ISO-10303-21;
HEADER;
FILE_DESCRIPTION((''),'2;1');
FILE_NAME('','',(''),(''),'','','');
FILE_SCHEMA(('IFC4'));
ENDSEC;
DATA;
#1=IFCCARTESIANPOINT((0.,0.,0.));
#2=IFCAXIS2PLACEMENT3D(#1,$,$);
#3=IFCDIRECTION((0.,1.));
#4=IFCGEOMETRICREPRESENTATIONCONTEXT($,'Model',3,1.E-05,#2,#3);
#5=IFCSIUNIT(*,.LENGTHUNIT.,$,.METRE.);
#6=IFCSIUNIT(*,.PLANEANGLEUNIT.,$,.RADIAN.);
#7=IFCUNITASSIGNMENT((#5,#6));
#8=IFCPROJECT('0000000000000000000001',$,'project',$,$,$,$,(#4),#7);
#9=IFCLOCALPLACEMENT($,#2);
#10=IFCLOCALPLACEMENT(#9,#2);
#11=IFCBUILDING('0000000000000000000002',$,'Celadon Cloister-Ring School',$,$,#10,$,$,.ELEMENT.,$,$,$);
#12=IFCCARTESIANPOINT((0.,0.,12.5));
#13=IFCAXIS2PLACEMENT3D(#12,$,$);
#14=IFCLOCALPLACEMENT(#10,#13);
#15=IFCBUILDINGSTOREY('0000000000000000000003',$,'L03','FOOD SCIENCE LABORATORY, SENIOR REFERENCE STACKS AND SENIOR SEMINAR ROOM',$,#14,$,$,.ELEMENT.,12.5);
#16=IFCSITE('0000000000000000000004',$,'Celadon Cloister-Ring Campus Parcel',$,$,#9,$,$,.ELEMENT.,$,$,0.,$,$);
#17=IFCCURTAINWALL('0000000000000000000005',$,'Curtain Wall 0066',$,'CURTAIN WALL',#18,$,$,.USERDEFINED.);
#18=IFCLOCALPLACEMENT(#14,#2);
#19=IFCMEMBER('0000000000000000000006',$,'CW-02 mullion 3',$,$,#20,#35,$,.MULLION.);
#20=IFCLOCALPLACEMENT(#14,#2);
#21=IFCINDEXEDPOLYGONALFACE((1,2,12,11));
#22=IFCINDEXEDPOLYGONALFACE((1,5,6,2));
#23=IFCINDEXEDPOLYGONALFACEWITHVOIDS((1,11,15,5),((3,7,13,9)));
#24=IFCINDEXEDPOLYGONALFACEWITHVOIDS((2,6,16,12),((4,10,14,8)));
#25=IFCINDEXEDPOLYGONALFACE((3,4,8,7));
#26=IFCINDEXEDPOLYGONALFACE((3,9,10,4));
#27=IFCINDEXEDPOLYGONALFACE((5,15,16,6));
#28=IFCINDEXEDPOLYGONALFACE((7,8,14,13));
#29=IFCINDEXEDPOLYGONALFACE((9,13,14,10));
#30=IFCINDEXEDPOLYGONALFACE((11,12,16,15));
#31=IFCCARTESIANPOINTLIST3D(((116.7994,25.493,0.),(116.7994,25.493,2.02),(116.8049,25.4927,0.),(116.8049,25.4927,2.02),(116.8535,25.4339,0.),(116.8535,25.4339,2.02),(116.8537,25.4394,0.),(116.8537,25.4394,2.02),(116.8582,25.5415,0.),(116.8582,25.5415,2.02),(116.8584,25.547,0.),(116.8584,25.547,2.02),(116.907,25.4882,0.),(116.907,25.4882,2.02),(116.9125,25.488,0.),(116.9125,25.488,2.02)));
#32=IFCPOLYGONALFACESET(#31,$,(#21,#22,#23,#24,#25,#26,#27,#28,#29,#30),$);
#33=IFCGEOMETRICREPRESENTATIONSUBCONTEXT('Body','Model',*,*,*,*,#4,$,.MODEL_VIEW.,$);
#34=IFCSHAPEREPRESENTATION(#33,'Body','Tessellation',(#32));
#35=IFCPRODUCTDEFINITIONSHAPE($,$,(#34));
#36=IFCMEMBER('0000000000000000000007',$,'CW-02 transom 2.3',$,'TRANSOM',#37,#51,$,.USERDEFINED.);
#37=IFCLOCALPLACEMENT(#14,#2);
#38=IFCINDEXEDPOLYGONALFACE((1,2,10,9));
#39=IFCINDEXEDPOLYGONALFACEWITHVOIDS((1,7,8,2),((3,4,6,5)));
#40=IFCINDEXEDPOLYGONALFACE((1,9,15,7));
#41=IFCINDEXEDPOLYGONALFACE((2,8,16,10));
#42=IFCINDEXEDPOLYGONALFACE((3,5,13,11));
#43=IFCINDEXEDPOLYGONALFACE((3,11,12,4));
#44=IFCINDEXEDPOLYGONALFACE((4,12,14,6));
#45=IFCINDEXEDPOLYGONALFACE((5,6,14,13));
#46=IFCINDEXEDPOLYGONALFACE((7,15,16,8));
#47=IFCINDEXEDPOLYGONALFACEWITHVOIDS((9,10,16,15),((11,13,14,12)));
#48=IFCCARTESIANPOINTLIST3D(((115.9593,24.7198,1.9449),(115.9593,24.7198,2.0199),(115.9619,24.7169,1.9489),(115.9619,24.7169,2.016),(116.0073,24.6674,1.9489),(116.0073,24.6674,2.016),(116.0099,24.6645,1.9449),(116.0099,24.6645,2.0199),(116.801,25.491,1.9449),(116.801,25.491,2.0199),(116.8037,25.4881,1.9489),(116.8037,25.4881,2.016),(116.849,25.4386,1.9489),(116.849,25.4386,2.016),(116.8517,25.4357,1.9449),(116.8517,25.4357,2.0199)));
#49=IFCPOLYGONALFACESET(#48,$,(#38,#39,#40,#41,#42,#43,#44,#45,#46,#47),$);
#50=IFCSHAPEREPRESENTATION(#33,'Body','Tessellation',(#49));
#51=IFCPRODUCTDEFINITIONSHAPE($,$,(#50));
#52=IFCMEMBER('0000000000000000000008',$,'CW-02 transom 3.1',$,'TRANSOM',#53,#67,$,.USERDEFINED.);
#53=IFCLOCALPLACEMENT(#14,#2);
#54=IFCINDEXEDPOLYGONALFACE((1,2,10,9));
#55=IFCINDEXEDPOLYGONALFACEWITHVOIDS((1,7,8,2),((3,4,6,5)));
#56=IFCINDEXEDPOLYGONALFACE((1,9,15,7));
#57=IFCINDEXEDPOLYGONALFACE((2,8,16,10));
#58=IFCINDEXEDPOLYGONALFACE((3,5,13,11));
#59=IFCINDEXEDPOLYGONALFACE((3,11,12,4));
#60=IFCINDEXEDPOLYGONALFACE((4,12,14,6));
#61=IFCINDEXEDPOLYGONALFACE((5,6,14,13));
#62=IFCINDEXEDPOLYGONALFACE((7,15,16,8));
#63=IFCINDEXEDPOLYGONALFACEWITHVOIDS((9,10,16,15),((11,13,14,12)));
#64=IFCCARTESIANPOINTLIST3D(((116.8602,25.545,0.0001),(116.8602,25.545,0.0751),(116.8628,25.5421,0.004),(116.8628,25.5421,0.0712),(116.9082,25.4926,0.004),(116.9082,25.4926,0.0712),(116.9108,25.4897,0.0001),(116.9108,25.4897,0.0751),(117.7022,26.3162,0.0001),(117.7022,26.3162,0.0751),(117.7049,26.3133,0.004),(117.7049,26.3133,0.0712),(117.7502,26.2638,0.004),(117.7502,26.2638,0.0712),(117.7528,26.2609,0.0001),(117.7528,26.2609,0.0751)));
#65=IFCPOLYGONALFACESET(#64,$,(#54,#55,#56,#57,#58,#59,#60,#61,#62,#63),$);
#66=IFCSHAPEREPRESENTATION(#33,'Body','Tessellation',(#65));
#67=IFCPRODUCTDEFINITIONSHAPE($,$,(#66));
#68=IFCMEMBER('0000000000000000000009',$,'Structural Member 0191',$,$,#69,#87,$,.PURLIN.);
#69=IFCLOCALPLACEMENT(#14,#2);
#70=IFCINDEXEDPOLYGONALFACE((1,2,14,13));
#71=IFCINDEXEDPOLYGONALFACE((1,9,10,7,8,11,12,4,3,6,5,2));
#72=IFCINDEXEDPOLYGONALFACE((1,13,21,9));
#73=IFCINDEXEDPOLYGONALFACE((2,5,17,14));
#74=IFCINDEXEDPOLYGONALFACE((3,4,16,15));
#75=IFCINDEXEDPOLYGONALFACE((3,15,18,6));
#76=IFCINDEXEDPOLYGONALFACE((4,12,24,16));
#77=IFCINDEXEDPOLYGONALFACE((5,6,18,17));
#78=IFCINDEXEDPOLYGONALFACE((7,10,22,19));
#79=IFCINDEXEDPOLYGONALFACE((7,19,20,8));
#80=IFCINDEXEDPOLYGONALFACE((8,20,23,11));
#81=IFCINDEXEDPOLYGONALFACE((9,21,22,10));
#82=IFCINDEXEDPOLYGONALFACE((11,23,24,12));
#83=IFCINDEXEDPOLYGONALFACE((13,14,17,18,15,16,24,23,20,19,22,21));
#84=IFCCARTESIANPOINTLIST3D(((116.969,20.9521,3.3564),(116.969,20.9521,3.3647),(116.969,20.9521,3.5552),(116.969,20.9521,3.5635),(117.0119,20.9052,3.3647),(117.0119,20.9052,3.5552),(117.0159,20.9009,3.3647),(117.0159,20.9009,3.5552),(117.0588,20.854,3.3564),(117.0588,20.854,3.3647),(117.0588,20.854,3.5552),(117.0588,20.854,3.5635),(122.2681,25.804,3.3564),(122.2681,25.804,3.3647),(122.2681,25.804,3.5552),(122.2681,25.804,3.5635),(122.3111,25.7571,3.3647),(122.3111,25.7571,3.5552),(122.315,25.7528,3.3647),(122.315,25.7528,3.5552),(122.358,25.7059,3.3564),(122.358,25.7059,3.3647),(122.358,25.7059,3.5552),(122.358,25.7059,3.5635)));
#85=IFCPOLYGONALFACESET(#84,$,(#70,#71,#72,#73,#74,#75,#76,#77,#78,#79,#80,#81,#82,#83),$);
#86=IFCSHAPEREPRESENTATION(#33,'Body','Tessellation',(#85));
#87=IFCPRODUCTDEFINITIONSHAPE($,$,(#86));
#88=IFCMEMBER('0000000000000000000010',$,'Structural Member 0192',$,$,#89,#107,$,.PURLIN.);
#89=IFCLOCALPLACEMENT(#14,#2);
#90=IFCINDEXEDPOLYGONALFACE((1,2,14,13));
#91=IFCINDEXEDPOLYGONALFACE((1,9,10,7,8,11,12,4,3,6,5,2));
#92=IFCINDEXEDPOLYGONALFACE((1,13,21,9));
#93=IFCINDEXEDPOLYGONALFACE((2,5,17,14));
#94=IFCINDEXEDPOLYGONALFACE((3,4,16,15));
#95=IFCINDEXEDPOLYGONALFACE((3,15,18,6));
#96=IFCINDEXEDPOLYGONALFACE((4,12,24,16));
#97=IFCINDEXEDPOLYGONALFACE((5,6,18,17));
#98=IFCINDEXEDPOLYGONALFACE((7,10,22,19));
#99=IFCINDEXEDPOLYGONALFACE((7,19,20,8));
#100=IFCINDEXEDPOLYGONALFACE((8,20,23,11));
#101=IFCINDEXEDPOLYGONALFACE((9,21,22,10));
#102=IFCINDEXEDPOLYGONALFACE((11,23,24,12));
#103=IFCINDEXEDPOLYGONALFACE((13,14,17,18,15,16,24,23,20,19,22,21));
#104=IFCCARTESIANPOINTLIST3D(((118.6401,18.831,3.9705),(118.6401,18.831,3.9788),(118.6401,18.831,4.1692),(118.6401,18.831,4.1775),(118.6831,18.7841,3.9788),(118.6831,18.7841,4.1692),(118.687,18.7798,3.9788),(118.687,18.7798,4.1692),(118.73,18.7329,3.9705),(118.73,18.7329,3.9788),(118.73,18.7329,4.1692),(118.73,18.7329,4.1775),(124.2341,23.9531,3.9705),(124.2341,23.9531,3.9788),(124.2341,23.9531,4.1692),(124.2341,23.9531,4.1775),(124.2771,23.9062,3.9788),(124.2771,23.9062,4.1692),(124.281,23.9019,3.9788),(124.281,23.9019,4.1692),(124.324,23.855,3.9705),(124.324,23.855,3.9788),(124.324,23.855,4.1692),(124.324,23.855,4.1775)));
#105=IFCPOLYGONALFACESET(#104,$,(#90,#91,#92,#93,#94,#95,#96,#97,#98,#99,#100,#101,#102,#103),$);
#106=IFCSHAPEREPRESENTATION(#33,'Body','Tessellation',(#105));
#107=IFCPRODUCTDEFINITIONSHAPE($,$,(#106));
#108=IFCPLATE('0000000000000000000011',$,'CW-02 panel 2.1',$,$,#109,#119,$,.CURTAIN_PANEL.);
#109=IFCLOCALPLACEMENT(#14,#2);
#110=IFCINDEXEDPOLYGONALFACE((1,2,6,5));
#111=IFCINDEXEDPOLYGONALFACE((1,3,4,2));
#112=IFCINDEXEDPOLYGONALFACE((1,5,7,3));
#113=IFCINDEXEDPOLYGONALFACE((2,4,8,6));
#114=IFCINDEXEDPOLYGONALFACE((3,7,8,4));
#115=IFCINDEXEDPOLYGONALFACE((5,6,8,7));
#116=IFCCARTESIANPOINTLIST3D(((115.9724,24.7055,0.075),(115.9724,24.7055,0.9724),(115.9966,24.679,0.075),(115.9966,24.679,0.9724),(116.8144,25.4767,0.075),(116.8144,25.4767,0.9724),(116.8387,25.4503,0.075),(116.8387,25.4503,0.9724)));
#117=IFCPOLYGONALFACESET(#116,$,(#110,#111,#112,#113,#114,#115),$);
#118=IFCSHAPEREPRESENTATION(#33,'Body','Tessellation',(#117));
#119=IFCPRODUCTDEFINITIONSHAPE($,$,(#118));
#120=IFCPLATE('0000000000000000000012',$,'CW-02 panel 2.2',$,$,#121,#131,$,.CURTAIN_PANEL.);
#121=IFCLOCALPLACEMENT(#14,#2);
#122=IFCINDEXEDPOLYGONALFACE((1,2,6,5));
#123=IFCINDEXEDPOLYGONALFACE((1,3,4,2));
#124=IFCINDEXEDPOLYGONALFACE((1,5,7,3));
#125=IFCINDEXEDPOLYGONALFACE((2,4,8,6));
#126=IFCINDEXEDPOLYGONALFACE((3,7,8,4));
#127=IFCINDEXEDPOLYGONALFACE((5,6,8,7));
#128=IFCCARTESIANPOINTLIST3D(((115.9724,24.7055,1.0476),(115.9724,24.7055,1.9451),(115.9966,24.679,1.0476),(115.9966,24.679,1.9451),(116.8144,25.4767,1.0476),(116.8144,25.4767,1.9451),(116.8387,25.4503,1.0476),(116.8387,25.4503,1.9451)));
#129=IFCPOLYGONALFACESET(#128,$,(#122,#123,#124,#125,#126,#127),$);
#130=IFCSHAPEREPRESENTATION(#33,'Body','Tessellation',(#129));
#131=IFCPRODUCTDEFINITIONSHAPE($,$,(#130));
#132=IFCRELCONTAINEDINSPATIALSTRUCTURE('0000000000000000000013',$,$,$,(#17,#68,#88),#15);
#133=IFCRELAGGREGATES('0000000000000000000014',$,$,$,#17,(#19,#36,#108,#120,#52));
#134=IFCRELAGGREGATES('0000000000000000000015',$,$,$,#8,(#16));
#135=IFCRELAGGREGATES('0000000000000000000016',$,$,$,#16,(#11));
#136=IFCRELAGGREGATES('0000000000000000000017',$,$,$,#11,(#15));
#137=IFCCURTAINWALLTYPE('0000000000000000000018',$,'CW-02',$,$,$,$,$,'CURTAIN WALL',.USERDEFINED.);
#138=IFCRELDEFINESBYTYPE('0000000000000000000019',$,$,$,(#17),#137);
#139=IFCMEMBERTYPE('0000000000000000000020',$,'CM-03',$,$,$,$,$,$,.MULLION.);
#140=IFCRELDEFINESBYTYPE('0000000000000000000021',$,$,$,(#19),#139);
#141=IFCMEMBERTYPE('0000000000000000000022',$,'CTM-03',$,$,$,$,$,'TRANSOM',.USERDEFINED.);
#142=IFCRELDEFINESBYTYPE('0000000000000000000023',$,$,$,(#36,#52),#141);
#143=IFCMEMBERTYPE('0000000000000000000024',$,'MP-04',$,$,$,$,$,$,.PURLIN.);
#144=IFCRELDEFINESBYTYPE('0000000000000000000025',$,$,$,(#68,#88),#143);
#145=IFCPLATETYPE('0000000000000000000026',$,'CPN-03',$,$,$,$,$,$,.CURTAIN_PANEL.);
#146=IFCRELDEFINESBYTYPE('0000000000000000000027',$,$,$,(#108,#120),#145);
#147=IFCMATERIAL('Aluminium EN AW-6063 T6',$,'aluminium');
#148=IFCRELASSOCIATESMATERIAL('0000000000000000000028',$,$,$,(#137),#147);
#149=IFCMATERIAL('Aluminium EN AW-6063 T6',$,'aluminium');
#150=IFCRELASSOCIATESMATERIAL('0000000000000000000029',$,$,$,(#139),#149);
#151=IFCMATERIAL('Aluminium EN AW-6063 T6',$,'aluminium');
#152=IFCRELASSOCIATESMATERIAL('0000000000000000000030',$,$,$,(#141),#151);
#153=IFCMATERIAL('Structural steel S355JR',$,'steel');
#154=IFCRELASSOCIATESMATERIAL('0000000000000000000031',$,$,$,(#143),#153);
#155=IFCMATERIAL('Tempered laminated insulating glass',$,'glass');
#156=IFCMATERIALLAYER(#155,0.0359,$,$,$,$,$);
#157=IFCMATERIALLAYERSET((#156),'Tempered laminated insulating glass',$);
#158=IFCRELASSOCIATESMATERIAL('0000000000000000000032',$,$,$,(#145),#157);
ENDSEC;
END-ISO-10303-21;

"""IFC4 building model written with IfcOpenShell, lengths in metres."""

from ifc_helpers import new_model, si_unit, direction, frame, origin, origin_2d, place, context, subcontext, project, spatial, rectangle, hollow_rectangle, i_section, extrude, material, layer, layer_set, material_profile, profile_set, type_object, element, aggregate, save


model = new_model("IFC4")

# Units and contexts
model_context = context("Model", 3, precision=1e-05, world=origin(), true_north=direction((0.0, 1.0)))
body_context = subcontext(model_context, "Body", "Model", "MODEL_VIEW")
ifc_project = project(units=[si_unit("LENGTHUNIT", "METRE"), si_unit("PLANEANGLEUNIT", "RADIAN")], contexts=[model_context])

# Site, building, storey
site_placement = place(None, origin())
site = spatial("IfcSite", under=ifc_project, at=site_placement, Name="Celadon Cloister-Ring Campus Parcel", CompositionType="ELEMENT", RefElevation=0.0)
building_placement = place(site_placement, origin())
building = spatial("IfcBuilding", under=site, at=building_placement, Name="Celadon Cloister-Ring School", CompositionType="ELEMENT")
storey_placement = place(building_placement, frame((0.0, 0.0, 12.5)))
storey = spatial("IfcBuildingStorey", under=building, at=storey_placement, Name="L03", Description="FOOD SCIENCE LABORATORY, SENIOR REFERENCE STACKS AND SENIOR SEMINAR ROOM", CompositionType="ELEMENT", Elevation=12.5)

# Curtain wall, members
ifc_material_1 = material(Name="Aluminium EN AW-6063 T6", Category="aluminium")
curtain_wall_type = type_object("IfcCurtainWallType", Name="CW-02", ElementType="CURTAIN WALL", PredefinedType="USERDEFINED", material=ifc_material_1)
curtain_wall_placement = place(storey_placement, origin())
curtain_wall = element("IfcCurtainWall", 1, at=curtain_wall_placement, inside=storey, type_object=curtain_wall_type, Name="Curtain Wall 0066", ObjectType="CURTAIN WALL", PredefinedType="USERDEFINED")
ifc_material_2 = material(Name="Aluminium EN AW-6063 T6", Category="aluminium")
ifc_material_profile_1 = material_profile(ifc_material_2, hollow_rectangle(XDim=0.0801, YDim=0.0801, WallThickness=0.0039, at=origin_2d()), Name="RHS80X80X4")
ifc_profile_set_1 = profile_set([ifc_material_profile_1], Name="Aluminium EN AW-6063 T6")
member_type_1 = type_object("IfcMemberType", Name="CM-03", PredefinedType="MULLION", material=ifc_profile_set_1)
member_1_placement = place(storey_placement, frame((116.856, 25.4905, 0.0), z_axis=(0.0, 0.0, 1.0), x_axis=(-0.675406, 0.737446, 0.0)))
member_1 = element("IfcMember", 2, at=member_1_placement, type_object=member_type_1, Name="CW-02 mullion 3", PredefinedType="MULLION", context=body_context, shape_type="SweptSolid", body=[
    extrude(hollow_rectangle(XDim=0.0801, YDim=0.0801, WallThickness=0.0039, at=origin_2d()), origin(), (0.0, 0.0, 1.0), 2.02),
])
ifc_material_3 = material(Name="Aluminium EN AW-6063 T6", Category="aluminium")
ifc_material_profile_2 = material_profile(ifc_material_3, hollow_rectangle(XDim=0.075, YDim=0.075, WallThickness=0.0039, at=origin_2d()), Name="RHS75X75X4")
ifc_profile_set_2 = profile_set([ifc_material_profile_2], Name="Aluminium EN AW-6063 T6")
member_type_2 = type_object("IfcMemberType", Name="CTM-03", ElementType="TRANSOM", PredefinedType="USERDEFINED", material=ifc_profile_set_2)
member_2_placement = place(storey_placement, frame((115.9846, 24.6921, 1.9824), z_axis=(0.737332, 0.675531, 0.0), x_axis=(-0.675531, 0.737332, 0.0)))
member_2 = element("IfcMember", 3, at=member_2_placement, type_object=member_type_2, Name="CW-02 transom 2.3", ObjectType="TRANSOM", PredefinedType="USERDEFINED", context=body_context, shape_type="SweptSolid", body=[
    extrude(hollow_rectangle(XDim=0.075, YDim=0.075, WallThickness=0.0039, at=origin_2d()), origin(), (0.0, 0.0, 1.0), 1.1416),
])
member_3_placement = place(storey_placement, frame((116.8855, 25.5173, 0.0376), z_axis=(0.737429, 0.675424, 0.0), x_axis=(-0.675424, 0.737429, 0.0)))
member_3 = element("IfcMember", 4, at=member_3_placement, type_object=member_type_2, Name="CW-02 transom 3.1", ObjectType="TRANSOM", PredefinedType="USERDEFINED", context=body_context, shape_type="SweptSolid", body=[
    extrude(hollow_rectangle(XDim=0.075, YDim=0.075, WallThickness=0.0039, at=origin_2d()), origin(), (0.0, 0.0, 1.0), 1.1418),
])

# Members
ifc_material_4 = material(Name="Structural steel S355JR", Category="steel")
ifc_material_profile_3 = material_profile(ifc_material_4, i_section(OverallWidth=0.1331, OverallDepth=0.207, WebThickness=0.0059, FlangeThickness=0.0083, at=origin_2d()), Name="W200X27")
ifc_profile_set_3 = profile_set([ifc_material_profile_3], Name="Structural steel S355JR")
member_type_3 = type_object("IfcMemberType", Name="MP-04", PredefinedType="PURLIN", material=ifc_profile_set_3)
member_4_placement = place(storey_placement, frame((117.0139, 20.9031, 3.46), z_axis=(0.737548, 0.675295, 0.0), x_axis=(-0.675295, 0.737548, 0.0)))
element("IfcMember", 5, at=member_4_placement, inside=storey, type_object=member_type_3, Name="Structural Member 0191", PredefinedType="PURLIN", context=body_context, shape_type="SweptSolid", body=[
    extrude(i_section(OverallWidth=0.1331, OverallDepth=0.207, WebThickness=0.0059, FlangeThickness=0.0083, at=origin_2d()), origin(), (0.0, 0.0, 1.0), 7.1848),
])
member_5_placement = place(storey_placement, frame((118.6851, 18.782, 4.074), z_axis=(0.737532, 0.675312, 0.0), x_axis=(-0.675312, 0.737532, 0.0)))
element("IfcMember", 6, at=member_5_placement, inside=storey, type_object=member_type_3, Name="Structural Member 0192", PredefinedType="PURLIN", context=body_context, shape_type="SweptSolid", body=[
    extrude(i_section(OverallWidth=0.1331, OverallDepth=0.207, WebThickness=0.0059, FlangeThickness=0.0083, at=origin_2d()), origin(), (0.0, 0.0, 1.0), 7.5847),
])

# Plates
ifc_material_5 = material(Name="Tempered laminated insulating glass", Category="glass")
ifc_layer_1 = layer(ifc_material_5, 0.0359)
ifc_layer_set_1 = layer_set([ifc_layer_1], Name="Tempered laminated insulating glass")
plate_type = type_object("IfcPlateType", Name="CPN-03", PredefinedType="CURTAIN_PANEL", material=ifc_layer_set_1)
plate_1_placement = place(storey_placement, frame((116.4055, 25.0779, 0.075), z_axis=(0.0, 0.0, 1.0), x_axis=(0.737446, 0.675406, 0.0)))
plate_1 = element("IfcPlate", 7, at=plate_1_placement, type_object=plate_type, Name="CW-02 panel 2.1", PredefinedType="CURTAIN_PANEL", context=body_context, shape_type="SweptSolid", body=[
    extrude(rectangle(XDim=1.1418, YDim=0.0359, at=origin_2d()), origin(), (0.0, 0.0, 1.0), 0.8975),
])
plate_2_placement = place(storey_placement, frame((116.4055, 25.0779, 1.0476), z_axis=(0.0, 0.0, 1.0), x_axis=(0.737446, 0.675406, 0.0)))
plate_2 = element("IfcPlate", 8, at=plate_2_placement, type_object=plate_type, Name="CW-02 panel 2.2", PredefinedType="CURTAIN_PANEL", context=body_context, shape_type="SweptSolid", body=[
    extrude(rectangle(XDim=1.1418, YDim=0.0359, at=origin_2d()), origin(), (0.0, 0.0, 1.0), 0.8975),
])
aggregate(curtain_wall, [member_1, member_2, plate_1, plate_2, member_3])

save(model, "model.ifc")
